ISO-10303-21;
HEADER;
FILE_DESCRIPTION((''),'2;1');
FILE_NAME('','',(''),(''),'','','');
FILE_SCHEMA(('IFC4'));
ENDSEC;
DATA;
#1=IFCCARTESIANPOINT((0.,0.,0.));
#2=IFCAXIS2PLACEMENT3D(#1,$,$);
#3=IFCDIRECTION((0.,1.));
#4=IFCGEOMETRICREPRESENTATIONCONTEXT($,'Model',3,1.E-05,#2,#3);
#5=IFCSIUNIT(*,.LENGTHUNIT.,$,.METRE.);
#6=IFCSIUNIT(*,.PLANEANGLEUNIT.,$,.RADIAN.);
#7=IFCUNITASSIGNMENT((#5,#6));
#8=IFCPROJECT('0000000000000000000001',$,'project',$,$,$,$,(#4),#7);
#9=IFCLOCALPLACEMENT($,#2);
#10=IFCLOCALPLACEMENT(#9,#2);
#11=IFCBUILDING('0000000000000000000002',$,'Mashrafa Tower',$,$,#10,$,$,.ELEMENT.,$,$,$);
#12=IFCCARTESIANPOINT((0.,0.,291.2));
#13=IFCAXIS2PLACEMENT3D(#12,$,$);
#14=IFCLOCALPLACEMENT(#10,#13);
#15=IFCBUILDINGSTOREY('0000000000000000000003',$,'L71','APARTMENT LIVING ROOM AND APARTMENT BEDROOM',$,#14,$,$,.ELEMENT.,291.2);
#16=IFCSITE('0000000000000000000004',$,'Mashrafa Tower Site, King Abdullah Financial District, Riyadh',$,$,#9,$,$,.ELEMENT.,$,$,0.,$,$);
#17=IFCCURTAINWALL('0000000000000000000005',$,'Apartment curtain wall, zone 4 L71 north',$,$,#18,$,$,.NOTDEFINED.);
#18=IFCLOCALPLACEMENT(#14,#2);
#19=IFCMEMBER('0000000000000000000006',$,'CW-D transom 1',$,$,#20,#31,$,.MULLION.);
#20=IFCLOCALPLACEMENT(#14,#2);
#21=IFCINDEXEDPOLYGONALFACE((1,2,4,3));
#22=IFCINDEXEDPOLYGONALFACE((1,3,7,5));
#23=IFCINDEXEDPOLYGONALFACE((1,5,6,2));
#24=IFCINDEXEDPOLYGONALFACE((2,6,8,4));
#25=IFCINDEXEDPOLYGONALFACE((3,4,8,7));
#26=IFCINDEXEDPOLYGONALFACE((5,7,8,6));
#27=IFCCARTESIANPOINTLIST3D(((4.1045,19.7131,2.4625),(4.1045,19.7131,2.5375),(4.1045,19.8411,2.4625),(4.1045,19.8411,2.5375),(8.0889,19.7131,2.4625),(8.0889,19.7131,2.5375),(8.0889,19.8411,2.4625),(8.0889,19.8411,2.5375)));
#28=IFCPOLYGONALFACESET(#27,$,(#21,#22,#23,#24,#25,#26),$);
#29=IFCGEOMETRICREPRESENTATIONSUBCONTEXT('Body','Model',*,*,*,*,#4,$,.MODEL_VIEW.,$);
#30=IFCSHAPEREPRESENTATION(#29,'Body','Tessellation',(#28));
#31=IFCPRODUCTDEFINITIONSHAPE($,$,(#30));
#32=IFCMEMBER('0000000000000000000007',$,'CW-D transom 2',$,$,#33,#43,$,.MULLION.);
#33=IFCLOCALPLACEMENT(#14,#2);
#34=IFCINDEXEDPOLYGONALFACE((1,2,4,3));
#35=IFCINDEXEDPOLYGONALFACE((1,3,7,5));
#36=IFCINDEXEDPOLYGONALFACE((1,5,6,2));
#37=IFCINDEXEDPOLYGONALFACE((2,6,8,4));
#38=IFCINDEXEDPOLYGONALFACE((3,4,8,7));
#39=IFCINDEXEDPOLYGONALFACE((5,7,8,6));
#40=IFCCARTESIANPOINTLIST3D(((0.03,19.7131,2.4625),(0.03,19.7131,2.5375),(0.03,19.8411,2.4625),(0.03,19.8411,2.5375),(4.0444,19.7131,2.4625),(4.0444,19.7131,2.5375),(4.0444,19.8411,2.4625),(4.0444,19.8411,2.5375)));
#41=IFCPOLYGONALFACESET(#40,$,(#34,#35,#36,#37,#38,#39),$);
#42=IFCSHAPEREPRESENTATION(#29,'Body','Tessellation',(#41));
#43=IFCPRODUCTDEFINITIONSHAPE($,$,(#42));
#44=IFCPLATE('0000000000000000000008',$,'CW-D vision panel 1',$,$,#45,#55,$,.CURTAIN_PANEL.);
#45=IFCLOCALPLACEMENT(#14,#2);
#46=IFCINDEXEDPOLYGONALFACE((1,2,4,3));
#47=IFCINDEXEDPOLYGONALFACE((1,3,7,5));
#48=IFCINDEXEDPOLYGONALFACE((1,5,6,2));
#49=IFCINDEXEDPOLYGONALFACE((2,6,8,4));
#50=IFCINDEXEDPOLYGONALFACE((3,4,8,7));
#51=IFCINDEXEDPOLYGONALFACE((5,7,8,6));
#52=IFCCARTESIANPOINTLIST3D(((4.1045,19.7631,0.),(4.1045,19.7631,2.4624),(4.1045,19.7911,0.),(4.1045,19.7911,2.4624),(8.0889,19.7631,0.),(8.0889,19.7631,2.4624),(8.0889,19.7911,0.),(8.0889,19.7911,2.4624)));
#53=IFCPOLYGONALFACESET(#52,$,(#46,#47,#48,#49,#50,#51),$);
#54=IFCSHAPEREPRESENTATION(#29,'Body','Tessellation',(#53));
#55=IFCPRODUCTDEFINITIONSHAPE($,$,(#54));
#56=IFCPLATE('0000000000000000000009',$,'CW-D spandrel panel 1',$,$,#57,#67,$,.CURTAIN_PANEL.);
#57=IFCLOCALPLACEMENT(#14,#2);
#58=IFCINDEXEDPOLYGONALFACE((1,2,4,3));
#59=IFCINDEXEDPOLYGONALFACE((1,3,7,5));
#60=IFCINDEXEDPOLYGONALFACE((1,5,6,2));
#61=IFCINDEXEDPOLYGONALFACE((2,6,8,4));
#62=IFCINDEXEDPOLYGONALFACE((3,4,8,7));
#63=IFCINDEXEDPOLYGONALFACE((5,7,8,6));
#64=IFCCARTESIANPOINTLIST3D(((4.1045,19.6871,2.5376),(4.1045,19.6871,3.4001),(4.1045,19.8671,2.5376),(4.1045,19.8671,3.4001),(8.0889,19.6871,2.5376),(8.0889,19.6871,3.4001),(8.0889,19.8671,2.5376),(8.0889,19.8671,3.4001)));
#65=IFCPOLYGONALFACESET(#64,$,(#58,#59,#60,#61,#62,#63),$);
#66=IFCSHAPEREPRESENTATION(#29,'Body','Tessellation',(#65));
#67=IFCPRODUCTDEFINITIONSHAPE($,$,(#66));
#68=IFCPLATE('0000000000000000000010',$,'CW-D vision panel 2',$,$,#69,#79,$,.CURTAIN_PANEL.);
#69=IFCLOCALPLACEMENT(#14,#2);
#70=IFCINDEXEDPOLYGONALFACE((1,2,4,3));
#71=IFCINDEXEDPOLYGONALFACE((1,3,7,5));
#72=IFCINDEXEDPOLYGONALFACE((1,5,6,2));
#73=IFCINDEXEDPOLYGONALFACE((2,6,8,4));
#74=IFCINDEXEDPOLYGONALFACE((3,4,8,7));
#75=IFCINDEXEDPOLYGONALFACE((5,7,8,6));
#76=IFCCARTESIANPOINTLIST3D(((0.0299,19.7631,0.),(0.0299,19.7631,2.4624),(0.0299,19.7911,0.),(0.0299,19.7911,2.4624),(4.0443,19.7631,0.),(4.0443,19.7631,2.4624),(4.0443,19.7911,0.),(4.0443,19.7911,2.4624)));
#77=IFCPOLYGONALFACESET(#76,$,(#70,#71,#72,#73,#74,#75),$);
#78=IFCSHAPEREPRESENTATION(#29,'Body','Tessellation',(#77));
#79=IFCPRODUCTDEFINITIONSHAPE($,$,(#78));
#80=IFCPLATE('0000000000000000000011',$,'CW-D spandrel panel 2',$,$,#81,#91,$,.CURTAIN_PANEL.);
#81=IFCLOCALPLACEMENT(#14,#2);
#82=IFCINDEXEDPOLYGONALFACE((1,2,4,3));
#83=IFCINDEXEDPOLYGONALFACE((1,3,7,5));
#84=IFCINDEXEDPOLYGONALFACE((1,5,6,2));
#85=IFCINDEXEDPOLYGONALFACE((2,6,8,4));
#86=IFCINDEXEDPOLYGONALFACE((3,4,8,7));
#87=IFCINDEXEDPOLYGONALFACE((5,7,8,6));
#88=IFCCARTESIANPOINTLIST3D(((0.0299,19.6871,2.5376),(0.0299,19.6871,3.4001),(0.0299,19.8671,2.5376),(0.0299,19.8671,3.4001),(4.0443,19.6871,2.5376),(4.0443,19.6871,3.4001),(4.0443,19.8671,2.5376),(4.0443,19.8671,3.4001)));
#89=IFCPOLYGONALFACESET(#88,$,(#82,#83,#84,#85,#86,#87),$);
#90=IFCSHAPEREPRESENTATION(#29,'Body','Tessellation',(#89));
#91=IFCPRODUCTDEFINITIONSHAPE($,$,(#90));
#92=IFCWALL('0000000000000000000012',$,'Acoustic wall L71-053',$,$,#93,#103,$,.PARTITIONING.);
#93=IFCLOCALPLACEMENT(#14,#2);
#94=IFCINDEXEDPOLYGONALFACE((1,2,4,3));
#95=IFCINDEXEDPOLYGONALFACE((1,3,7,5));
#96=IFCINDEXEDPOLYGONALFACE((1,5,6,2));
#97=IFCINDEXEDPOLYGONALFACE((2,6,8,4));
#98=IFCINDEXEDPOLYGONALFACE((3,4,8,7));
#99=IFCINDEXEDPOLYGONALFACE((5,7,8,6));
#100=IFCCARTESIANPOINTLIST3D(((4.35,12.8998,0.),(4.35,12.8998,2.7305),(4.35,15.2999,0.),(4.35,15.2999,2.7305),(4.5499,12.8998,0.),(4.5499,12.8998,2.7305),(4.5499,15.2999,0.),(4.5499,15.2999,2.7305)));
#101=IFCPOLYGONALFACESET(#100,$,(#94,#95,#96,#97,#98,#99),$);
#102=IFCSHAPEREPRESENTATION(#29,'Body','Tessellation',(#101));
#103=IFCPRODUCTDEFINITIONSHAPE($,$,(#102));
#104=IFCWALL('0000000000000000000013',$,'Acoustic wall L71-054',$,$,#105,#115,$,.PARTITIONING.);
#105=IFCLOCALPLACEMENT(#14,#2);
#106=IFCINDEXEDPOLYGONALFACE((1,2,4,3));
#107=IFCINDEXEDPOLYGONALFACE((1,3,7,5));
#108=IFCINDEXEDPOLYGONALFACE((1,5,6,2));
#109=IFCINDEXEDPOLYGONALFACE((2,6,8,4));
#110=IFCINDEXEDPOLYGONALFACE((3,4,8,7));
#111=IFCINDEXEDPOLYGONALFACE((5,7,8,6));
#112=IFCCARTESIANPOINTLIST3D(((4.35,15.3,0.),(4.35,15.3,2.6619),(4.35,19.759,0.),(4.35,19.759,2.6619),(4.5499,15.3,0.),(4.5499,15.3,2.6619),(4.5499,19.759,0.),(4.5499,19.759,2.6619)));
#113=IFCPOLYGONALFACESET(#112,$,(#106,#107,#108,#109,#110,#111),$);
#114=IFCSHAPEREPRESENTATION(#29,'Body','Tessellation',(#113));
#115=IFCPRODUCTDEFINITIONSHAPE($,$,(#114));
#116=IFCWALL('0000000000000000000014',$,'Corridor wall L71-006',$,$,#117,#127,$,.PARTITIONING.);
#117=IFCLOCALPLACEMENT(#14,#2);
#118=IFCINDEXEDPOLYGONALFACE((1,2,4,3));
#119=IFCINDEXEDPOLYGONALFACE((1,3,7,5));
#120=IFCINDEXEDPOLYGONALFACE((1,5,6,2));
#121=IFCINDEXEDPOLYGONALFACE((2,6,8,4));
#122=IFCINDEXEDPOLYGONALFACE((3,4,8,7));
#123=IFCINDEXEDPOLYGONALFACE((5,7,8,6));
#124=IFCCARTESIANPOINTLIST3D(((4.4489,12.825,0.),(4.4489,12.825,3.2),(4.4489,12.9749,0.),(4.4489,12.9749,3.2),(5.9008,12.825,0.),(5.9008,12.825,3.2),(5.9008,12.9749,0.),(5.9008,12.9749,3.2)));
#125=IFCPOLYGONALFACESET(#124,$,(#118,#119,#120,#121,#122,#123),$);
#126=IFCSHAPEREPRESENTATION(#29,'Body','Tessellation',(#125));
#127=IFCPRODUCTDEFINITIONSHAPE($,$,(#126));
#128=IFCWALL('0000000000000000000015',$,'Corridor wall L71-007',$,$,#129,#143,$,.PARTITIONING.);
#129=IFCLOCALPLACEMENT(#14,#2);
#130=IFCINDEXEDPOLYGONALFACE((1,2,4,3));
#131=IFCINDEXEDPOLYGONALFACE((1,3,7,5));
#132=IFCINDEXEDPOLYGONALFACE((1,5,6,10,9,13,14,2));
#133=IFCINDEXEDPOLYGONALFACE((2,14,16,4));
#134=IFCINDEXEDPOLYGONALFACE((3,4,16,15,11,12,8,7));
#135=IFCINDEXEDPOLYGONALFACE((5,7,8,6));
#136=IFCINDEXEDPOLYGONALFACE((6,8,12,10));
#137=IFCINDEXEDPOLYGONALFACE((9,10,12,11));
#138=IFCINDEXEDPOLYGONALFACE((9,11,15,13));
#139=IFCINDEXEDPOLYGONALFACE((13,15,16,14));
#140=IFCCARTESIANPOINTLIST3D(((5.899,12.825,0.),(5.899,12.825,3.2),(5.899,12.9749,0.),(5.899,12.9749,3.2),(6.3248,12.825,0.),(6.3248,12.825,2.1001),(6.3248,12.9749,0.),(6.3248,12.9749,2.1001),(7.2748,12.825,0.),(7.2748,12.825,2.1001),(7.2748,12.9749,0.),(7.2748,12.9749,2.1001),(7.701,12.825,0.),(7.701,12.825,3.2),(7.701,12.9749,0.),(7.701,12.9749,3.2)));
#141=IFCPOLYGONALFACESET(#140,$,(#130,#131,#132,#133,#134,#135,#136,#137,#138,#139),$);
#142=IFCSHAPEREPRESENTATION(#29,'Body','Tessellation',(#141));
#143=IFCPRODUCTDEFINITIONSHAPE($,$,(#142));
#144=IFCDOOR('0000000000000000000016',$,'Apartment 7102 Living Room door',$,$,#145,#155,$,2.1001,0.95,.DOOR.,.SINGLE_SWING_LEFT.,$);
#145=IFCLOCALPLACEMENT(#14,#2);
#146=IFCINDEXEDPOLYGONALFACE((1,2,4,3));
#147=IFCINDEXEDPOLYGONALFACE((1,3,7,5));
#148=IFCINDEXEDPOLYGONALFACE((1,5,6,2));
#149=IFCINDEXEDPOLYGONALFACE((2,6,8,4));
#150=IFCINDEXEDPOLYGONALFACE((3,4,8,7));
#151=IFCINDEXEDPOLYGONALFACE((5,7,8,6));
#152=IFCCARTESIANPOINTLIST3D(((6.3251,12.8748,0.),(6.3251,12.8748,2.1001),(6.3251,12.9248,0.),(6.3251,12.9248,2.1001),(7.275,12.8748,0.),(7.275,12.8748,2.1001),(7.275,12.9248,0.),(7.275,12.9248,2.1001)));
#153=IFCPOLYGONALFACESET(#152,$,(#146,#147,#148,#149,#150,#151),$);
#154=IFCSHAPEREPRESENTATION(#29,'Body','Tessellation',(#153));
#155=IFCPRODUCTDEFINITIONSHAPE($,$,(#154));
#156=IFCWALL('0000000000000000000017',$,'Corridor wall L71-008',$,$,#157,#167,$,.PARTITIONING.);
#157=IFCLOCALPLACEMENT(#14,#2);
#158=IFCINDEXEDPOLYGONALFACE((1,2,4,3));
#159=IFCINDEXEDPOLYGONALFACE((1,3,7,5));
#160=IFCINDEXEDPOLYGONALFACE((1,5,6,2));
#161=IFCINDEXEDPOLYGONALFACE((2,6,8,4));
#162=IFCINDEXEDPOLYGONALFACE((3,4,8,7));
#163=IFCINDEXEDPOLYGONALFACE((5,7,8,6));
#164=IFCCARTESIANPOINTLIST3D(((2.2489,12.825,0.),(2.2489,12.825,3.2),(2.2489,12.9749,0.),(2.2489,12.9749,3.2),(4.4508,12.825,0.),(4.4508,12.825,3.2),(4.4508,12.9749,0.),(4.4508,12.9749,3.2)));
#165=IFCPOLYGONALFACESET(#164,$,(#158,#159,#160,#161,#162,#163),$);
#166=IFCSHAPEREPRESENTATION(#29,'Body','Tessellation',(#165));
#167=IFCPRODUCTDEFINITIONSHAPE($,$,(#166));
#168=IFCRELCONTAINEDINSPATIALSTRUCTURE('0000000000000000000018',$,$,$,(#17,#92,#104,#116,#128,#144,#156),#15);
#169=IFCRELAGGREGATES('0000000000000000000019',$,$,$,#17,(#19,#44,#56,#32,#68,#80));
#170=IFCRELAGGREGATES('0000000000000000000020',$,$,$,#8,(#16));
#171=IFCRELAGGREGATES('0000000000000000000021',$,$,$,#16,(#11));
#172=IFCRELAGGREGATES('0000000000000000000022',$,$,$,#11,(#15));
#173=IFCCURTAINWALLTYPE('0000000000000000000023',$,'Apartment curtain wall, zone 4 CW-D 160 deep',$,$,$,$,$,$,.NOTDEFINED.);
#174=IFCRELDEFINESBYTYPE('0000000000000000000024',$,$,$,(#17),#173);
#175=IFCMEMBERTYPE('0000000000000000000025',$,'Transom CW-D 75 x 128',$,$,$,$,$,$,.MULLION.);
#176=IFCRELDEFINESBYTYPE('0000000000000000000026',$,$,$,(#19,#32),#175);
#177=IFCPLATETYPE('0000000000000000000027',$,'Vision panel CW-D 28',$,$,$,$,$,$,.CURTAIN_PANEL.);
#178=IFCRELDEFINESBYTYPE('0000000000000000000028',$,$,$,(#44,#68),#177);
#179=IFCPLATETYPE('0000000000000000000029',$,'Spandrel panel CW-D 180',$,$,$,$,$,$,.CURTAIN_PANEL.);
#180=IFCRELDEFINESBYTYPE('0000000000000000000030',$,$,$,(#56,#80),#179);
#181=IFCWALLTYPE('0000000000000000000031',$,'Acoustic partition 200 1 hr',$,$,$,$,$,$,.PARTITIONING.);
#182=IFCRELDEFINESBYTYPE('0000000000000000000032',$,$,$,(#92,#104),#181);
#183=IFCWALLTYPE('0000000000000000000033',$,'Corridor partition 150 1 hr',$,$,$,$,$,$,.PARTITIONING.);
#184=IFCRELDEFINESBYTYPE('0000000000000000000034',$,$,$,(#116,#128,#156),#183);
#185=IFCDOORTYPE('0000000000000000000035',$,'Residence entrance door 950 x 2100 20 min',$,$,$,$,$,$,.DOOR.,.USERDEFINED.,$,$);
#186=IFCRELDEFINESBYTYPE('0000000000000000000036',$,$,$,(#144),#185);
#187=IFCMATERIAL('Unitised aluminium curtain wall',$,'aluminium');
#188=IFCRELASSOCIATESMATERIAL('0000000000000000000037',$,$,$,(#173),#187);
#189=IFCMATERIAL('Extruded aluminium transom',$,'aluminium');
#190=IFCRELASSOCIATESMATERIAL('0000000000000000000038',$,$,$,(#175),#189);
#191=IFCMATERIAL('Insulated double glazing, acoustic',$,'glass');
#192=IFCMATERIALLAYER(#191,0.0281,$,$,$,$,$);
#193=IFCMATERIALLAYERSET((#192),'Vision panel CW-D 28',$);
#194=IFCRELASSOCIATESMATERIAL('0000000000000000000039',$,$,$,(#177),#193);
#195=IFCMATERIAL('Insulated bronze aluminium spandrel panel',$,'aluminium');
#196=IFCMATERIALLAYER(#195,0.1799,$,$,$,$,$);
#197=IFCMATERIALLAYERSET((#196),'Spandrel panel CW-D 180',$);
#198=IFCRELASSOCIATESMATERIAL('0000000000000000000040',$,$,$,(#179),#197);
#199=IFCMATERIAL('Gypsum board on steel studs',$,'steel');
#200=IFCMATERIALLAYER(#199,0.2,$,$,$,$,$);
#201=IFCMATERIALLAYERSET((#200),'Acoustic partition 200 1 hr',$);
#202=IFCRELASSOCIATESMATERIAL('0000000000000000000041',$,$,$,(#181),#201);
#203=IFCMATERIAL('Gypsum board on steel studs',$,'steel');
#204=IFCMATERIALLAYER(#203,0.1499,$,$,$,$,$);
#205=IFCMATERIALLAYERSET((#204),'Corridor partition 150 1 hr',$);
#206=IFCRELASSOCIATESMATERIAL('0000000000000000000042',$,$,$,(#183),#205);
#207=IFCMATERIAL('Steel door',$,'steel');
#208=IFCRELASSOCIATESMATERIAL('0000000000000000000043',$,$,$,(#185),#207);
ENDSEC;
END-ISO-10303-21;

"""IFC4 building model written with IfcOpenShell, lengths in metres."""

from ifc_helpers import new_model, si_unit, direction, frame, frame_2d, origin, origin_2d, place, context, subcontext, project, spatial, rectangle, extrude, source, transform, mapped, material, layer, layer_set, material_profile, profile_set, type_object, type_shapes, element, fill, aggregate, save


model = new_model("IFC4")

# Units and contexts
model_context = context("Model", 3, precision=1e-05, world=origin(), true_north=direction((0.0, 1.0)))
body_context = subcontext(model_context, "Body", "Model", "MODEL_VIEW")
ifc_project = project(units=[si_unit("LENGTHUNIT", "METRE"), si_unit("PLANEANGLEUNIT", "RADIAN")], contexts=[model_context])

# Site, building, storey
site_placement = place(None, origin())
site = spatial("IfcSite", under=ifc_project, at=site_placement, Name="Mashrafa Tower Site, King Abdullah Financial District, Riyadh", CompositionType="ELEMENT", RefElevation=0.0)
building_placement = place(site_placement, origin())
building = spatial("IfcBuilding", under=site, at=building_placement, Name="Mashrafa Tower", CompositionType="ELEMENT")
storey_placement = place(building_placement, frame((0.0, 0.0, 291.2)))
storey = spatial("IfcBuildingStorey", under=building, at=storey_placement, Name="L71", Description="APARTMENT LIVING ROOM AND APARTMENT BEDROOM", CompositionType="ELEMENT", Elevation=291.2)

# Curtain wall, members, plates
ifc_material_1 = material(Name="Unitised aluminium curtain wall", Category="aluminium")
curtain_wall_type = type_object("IfcCurtainWallType", Name="Apartment curtain wall, zone 4 CW-D 160 deep", PredefinedType="NOTDEFINED", material=ifc_material_1)
curtain_wall_placement = place(storey_placement, origin())
curtain_wall = element("IfcCurtainWall", 1, at=curtain_wall_placement, inside=storey, type_object=curtain_wall_type, Name="Apartment curtain wall, zone 4 L71 north", PredefinedType="NOTDEFINED")
ifc_material_2 = material(Name="Extruded aluminium transom", Category="aluminium")
ifc_material_profile_1 = material_profile(ifc_material_2, rectangle(XDim=0.1279, YDim=0.075, at=origin_2d()), Name="Transom 75x128")
ifc_profile_set_1 = profile_set([ifc_material_profile_1], Name="Extruded aluminium transom")
member_type_1 = type_object("IfcMemberType", Name="Transom CW-D 75 x 128", PredefinedType="MULLION", material=ifc_profile_set_1)
shared_shape_1 = source(origin(), body_context, "Body", "SweptSolid", [
    extrude(rectangle(XDim=0.1279, YDim=0.075, at=origin_2d()), origin(), (0.0, 0.0, 1.0), 3.9844),
])
member_1_placement = place(storey_placement, frame((8.0889, 19.7771, 2.5), z_axis=(-1.0, 0.0, 0.0), x_axis=(0.0, -1.0, 0.0)))
member_1 = element("IfcMember", 2, at=member_1_placement, type_object=member_type_1, Name="CW-D transom 1", PredefinedType="MULLION", context=body_context, shape_type="MappedRepresentation", body=[
    mapped(shared_shape_1, transform((0.0, 0.0, 0.0))),
])
shared_shape_2 = source(origin(), body_context, "Body", "SweptSolid", [
    extrude(rectangle(XDim=0.1279, YDim=0.075, at=origin_2d()), origin(), (0.0, 0.0, 1.0), 4.0144),
])
type_shapes(member_type_1, [shared_shape_1, shared_shape_2])
member_2_placement = place(storey_placement, frame((4.0444, 19.7771, 2.5), z_axis=(-1.0, 0.0, 0.0), x_axis=(0.0, -1.0, 0.0)))
member_2 = element("IfcMember", 3, at=member_2_placement, type_object=member_type_1, Name="CW-D transom 2", PredefinedType="MULLION", context=body_context, shape_type="MappedRepresentation", body=[
    mapped(shared_shape_2, transform((0.0, 0.0, 0.0))),
])
ifc_material_3 = material(Name="Insulated double glazing, acoustic", Category="glass")
ifc_layer_1 = layer(ifc_material_3, 0.0281)
ifc_layer_set_1 = layer_set([ifc_layer_1], Name="Vision panel CW-D 28")
plate_type_1 = type_object("IfcPlateType", Name="Vision panel CW-D 28", PredefinedType="CURTAIN_PANEL", material=ifc_layer_set_1)
shared_shape_3 = source(origin(), body_context, "Body", "SweptSolid", [
    extrude(rectangle(XDim=3.9844, YDim=0.0281, at=origin_2d()), origin(), (0.0, 0.0, 1.0), 2.4624),
])
plate_1_placement = place(storey_placement, frame((6.0967, 19.7771, 0.0), z_axis=(0.0, 0.0, 1.0), x_axis=(-1.0, 0.0, 0.0)))
plate_1 = element("IfcPlate", 4, at=plate_1_placement, type_object=plate_type_1, Name="CW-D vision panel 1", PredefinedType="CURTAIN_PANEL", context=body_context, shape_type="MappedRepresentation", body=[
    mapped(shared_shape_3, transform((0.0, 0.0, 0.0))),
])
ifc_material_4 = material(Name="Insulated bronze aluminium spandrel panel", Category="aluminium")
ifc_layer_2 = layer(ifc_material_4, 0.1799)
ifc_layer_set_2 = layer_set([ifc_layer_2], Name="Spandrel panel CW-D 180")
plate_type_2 = type_object("IfcPlateType", Name="Spandrel panel CW-D 180", PredefinedType="CURTAIN_PANEL", material=ifc_layer_set_2)
shared_shape_4 = source(origin(), body_context, "Body", "SweptSolid", [
    extrude(rectangle(XDim=3.9844, YDim=0.1799, at=origin_2d()), origin(), (0.0, 0.0, 1.0), 0.8625),
])
plate_2_placement = place(storey_placement, frame((6.0967, 19.7771, 2.5376), z_axis=(0.0, 0.0, 1.0), x_axis=(-1.0, 0.0, 0.0)))
plate_2 = element("IfcPlate", 5, at=plate_2_placement, type_object=plate_type_2, Name="CW-D spandrel panel 1", PredefinedType="CURTAIN_PANEL", context=body_context, shape_type="MappedRepresentation", body=[
    mapped(shared_shape_4, transform((0.0, 0.0, 0.0))),
])
shared_shape_5 = source(origin(), body_context, "Body", "SweptSolid", [
    extrude(rectangle(XDim=4.0144, YDim=0.0281, at=origin_2d()), origin(), (0.0, 0.0, 1.0), 2.4624),
])
type_shapes(plate_type_1, [shared_shape_3, shared_shape_5])
plate_3_placement = place(storey_placement, frame((2.0371, 19.7771, 0.0), z_axis=(0.0, 0.0, 1.0), x_axis=(-1.0, 0.0, 0.0)))
plate_3 = element("IfcPlate", 6, at=plate_3_placement, type_object=plate_type_1, Name="CW-D vision panel 2", PredefinedType="CURTAIN_PANEL", context=body_context, shape_type="MappedRepresentation", body=[
    mapped(shared_shape_5, transform((0.0, 0.0, 0.0))),
])
shared_shape_6 = source(origin(), body_context, "Body", "SweptSolid", [
    extrude(rectangle(XDim=4.0144, YDim=0.1799, at=origin_2d()), origin(), (0.0, 0.0, 1.0), 0.8625),
])
type_shapes(plate_type_2, [shared_shape_4, shared_shape_6])
plate_4_placement = place(storey_placement, frame((2.0371, 19.7771, 2.5376), z_axis=(0.0, 0.0, 1.0), x_axis=(-1.0, 0.0, 0.0)))
plate_4 = element("IfcPlate", 7, at=plate_4_placement, type_object=plate_type_2, Name="CW-D spandrel panel 2", PredefinedType="CURTAIN_PANEL", context=body_context, shape_type="MappedRepresentation", body=[
    mapped(shared_shape_6, transform((0.0, 0.0, 0.0))),
])
aggregate(curtain_wall, [member_1, plate_1, plate_2, member_2, plate_3, plate_4])

# Walls
ifc_material_5 = material(Name="Gypsum board on steel studs", Category="steel")
ifc_layer_3 = layer(ifc_material_5, 0.2)
ifc_layer_set_3 = layer_set([ifc_layer_3], Name="Acoustic partition 200 1 hr")
wall_type_1 = type_object("IfcWallType", Name="Acoustic partition 200 1 hr", PredefinedType="PARTITIONING", material=ifc_layer_set_3)
wall_1_placement = place(storey_placement, frame((4.45, 15.3, 0.0), z_axis=(0.0, 0.0, 1.0), x_axis=(0.0, -1.0, 0.0)))
element("IfcWall", 8, at=wall_1_placement, inside=storey, type_object=wall_type_1, Name="Acoustic wall L71-053", PredefinedType="PARTITIONING", context=body_context, shape_type="SweptSolid", body=[
    extrude(rectangle(XDim=2.4001, YDim=0.2, at=frame_2d((1.2002, 0.0))), origin(), (0.0, 0.0, 1.0), 2.7305),
])
wall_2_placement = place(storey_placement, frame((4.45, 19.759, 0.0), z_axis=(0.0, 0.0, 1.0), x_axis=(0.0, -1.0, 0.0)))
element("IfcWall", 9, at=wall_2_placement, inside=storey, type_object=wall_type_1, Name="Acoustic wall L71-054", PredefinedType="PARTITIONING", context=body_context, shape_type="SweptSolid", body=[
    extrude(rectangle(XDim=4.459, YDim=0.2, at=frame_2d((2.2295, 0.0))), origin(), (0.0, 0.0, 1.0), 2.6619),
])
ifc_material_6 = material(Name="Gypsum board on steel studs", Category="steel")
ifc_layer_4 = layer(ifc_material_6, 0.1499)
ifc_layer_set_4 = layer_set([ifc_layer_4], Name="Corridor partition 150 1 hr")
wall_type_2 = type_object("IfcWallType", Name="Corridor partition 150 1 hr", PredefinedType="PARTITIONING", material=ifc_layer_set_4)
wall_3_placement = place(storey_placement, frame((5.9009, 12.8999, 0.0), z_axis=(0.0, 0.0, 1.0), x_axis=(-1.0, 0.0, 0.0)))
element("IfcWall", 10, at=wall_3_placement, inside=storey, type_object=wall_type_2, Name="Corridor wall L71-006", PredefinedType="PARTITIONING", context=body_context, shape_type="SweptSolid", body=[
    extrude(rectangle(XDim=1.4519, YDim=0.1499, at=frame_2d((0.7261, 0.0))), origin(), (0.0, 0.0, 1.0), 3.2),
])

# Wall, opening, door
wall_4_placement = place(storey_placement, frame((7.7009, 12.8999, 0.0), z_axis=(0.0, 0.0, 1.0), x_axis=(-1.0, 0.0, 0.0)))
wall_4 = element("IfcWall", 11, at=wall_4_placement, inside=storey, type_object=wall_type_2, Name="Corridor wall L71-007", PredefinedType="PARTITIONING", context=body_context, shape_type="SweptSolid", body=[
    extrude(rectangle(XDim=1.802, YDim=0.1499, at=frame_2d((0.9009, 0.0))), origin(), (0.0, 0.0, 1.0), 3.2),
])
opening_1_placement = place(wall_4_placement, frame((0.426, 0.0, 0.0)))
opening_1 = element("IfcOpeningElement", 12, at=opening_1_placement, cuts=wall_4, PredefinedType="OPENING", context=body_context, shape_type="SweptSolid", body=[
    extrude(rectangle(XDim=0.95, YDim=2.1001, at=frame_2d((0.4751, 1.05))), frame((0.0, 0.085, 0.0), z_axis=(0.0, -1.0, 0.0), x_axis=(1.0, 0.0, 0.0)), (0.0, 0.0, 1.0), 0.1699),
])
ifc_material_7 = material(Name="Steel door", Category="steel")
door_type_1 = type_object("IfcDoorType", Name="Residence entrance door 950 x 2100 20 min", OperationType="USERDEFINED", PredefinedType="DOOR", material=ifc_material_7)
door_1_placement = place(opening_1_placement, frame((0.95, 0.0, 0.0), z_axis=(0.0, 0.0, 1.0), x_axis=(-1.0, 0.0, 0.0)))
door_1 = element("IfcDoor", 13, at=door_1_placement, inside=storey, type_object=door_type_1, Name="Apartment 7102 Living Room door", OperationType="SINGLE_SWING_LEFT", OverallHeight=2.1001, OverallWidth=0.95, PredefinedType="DOOR", context=body_context, shape_type="SweptSolid", body=[
    extrude(rectangle(XDim=0.95, YDim=2.1001, at=frame_2d((0.4751, 1.05))), frame((0.0, 0.0249, 0.0), z_axis=(0.0, -1.0, 0.0), x_axis=(1.0, 0.0, 0.0)), (0.0, 0.0, 1.0), 0.05),
])
fill(opening_1, door_1)

# Wall
wall_5_placement = place(storey_placement, frame((4.4509, 12.8999, 0.0), z_axis=(0.0, 0.0, 1.0), x_axis=(-1.0, 0.0, 0.0)))
element("IfcWall", 14, at=wall_5_placement, inside=storey, type_object=wall_type_2, Name="Corridor wall L71-008", PredefinedType="PARTITIONING", context=body_context, shape_type="SweptSolid", body=[
    extrude(rectangle(XDim=2.2019, YDim=0.1499, at=frame_2d((1.1011, 0.0))), origin(), (0.0, 0.0, 1.0), 3.2),
])

save(model, "model.ifc")
